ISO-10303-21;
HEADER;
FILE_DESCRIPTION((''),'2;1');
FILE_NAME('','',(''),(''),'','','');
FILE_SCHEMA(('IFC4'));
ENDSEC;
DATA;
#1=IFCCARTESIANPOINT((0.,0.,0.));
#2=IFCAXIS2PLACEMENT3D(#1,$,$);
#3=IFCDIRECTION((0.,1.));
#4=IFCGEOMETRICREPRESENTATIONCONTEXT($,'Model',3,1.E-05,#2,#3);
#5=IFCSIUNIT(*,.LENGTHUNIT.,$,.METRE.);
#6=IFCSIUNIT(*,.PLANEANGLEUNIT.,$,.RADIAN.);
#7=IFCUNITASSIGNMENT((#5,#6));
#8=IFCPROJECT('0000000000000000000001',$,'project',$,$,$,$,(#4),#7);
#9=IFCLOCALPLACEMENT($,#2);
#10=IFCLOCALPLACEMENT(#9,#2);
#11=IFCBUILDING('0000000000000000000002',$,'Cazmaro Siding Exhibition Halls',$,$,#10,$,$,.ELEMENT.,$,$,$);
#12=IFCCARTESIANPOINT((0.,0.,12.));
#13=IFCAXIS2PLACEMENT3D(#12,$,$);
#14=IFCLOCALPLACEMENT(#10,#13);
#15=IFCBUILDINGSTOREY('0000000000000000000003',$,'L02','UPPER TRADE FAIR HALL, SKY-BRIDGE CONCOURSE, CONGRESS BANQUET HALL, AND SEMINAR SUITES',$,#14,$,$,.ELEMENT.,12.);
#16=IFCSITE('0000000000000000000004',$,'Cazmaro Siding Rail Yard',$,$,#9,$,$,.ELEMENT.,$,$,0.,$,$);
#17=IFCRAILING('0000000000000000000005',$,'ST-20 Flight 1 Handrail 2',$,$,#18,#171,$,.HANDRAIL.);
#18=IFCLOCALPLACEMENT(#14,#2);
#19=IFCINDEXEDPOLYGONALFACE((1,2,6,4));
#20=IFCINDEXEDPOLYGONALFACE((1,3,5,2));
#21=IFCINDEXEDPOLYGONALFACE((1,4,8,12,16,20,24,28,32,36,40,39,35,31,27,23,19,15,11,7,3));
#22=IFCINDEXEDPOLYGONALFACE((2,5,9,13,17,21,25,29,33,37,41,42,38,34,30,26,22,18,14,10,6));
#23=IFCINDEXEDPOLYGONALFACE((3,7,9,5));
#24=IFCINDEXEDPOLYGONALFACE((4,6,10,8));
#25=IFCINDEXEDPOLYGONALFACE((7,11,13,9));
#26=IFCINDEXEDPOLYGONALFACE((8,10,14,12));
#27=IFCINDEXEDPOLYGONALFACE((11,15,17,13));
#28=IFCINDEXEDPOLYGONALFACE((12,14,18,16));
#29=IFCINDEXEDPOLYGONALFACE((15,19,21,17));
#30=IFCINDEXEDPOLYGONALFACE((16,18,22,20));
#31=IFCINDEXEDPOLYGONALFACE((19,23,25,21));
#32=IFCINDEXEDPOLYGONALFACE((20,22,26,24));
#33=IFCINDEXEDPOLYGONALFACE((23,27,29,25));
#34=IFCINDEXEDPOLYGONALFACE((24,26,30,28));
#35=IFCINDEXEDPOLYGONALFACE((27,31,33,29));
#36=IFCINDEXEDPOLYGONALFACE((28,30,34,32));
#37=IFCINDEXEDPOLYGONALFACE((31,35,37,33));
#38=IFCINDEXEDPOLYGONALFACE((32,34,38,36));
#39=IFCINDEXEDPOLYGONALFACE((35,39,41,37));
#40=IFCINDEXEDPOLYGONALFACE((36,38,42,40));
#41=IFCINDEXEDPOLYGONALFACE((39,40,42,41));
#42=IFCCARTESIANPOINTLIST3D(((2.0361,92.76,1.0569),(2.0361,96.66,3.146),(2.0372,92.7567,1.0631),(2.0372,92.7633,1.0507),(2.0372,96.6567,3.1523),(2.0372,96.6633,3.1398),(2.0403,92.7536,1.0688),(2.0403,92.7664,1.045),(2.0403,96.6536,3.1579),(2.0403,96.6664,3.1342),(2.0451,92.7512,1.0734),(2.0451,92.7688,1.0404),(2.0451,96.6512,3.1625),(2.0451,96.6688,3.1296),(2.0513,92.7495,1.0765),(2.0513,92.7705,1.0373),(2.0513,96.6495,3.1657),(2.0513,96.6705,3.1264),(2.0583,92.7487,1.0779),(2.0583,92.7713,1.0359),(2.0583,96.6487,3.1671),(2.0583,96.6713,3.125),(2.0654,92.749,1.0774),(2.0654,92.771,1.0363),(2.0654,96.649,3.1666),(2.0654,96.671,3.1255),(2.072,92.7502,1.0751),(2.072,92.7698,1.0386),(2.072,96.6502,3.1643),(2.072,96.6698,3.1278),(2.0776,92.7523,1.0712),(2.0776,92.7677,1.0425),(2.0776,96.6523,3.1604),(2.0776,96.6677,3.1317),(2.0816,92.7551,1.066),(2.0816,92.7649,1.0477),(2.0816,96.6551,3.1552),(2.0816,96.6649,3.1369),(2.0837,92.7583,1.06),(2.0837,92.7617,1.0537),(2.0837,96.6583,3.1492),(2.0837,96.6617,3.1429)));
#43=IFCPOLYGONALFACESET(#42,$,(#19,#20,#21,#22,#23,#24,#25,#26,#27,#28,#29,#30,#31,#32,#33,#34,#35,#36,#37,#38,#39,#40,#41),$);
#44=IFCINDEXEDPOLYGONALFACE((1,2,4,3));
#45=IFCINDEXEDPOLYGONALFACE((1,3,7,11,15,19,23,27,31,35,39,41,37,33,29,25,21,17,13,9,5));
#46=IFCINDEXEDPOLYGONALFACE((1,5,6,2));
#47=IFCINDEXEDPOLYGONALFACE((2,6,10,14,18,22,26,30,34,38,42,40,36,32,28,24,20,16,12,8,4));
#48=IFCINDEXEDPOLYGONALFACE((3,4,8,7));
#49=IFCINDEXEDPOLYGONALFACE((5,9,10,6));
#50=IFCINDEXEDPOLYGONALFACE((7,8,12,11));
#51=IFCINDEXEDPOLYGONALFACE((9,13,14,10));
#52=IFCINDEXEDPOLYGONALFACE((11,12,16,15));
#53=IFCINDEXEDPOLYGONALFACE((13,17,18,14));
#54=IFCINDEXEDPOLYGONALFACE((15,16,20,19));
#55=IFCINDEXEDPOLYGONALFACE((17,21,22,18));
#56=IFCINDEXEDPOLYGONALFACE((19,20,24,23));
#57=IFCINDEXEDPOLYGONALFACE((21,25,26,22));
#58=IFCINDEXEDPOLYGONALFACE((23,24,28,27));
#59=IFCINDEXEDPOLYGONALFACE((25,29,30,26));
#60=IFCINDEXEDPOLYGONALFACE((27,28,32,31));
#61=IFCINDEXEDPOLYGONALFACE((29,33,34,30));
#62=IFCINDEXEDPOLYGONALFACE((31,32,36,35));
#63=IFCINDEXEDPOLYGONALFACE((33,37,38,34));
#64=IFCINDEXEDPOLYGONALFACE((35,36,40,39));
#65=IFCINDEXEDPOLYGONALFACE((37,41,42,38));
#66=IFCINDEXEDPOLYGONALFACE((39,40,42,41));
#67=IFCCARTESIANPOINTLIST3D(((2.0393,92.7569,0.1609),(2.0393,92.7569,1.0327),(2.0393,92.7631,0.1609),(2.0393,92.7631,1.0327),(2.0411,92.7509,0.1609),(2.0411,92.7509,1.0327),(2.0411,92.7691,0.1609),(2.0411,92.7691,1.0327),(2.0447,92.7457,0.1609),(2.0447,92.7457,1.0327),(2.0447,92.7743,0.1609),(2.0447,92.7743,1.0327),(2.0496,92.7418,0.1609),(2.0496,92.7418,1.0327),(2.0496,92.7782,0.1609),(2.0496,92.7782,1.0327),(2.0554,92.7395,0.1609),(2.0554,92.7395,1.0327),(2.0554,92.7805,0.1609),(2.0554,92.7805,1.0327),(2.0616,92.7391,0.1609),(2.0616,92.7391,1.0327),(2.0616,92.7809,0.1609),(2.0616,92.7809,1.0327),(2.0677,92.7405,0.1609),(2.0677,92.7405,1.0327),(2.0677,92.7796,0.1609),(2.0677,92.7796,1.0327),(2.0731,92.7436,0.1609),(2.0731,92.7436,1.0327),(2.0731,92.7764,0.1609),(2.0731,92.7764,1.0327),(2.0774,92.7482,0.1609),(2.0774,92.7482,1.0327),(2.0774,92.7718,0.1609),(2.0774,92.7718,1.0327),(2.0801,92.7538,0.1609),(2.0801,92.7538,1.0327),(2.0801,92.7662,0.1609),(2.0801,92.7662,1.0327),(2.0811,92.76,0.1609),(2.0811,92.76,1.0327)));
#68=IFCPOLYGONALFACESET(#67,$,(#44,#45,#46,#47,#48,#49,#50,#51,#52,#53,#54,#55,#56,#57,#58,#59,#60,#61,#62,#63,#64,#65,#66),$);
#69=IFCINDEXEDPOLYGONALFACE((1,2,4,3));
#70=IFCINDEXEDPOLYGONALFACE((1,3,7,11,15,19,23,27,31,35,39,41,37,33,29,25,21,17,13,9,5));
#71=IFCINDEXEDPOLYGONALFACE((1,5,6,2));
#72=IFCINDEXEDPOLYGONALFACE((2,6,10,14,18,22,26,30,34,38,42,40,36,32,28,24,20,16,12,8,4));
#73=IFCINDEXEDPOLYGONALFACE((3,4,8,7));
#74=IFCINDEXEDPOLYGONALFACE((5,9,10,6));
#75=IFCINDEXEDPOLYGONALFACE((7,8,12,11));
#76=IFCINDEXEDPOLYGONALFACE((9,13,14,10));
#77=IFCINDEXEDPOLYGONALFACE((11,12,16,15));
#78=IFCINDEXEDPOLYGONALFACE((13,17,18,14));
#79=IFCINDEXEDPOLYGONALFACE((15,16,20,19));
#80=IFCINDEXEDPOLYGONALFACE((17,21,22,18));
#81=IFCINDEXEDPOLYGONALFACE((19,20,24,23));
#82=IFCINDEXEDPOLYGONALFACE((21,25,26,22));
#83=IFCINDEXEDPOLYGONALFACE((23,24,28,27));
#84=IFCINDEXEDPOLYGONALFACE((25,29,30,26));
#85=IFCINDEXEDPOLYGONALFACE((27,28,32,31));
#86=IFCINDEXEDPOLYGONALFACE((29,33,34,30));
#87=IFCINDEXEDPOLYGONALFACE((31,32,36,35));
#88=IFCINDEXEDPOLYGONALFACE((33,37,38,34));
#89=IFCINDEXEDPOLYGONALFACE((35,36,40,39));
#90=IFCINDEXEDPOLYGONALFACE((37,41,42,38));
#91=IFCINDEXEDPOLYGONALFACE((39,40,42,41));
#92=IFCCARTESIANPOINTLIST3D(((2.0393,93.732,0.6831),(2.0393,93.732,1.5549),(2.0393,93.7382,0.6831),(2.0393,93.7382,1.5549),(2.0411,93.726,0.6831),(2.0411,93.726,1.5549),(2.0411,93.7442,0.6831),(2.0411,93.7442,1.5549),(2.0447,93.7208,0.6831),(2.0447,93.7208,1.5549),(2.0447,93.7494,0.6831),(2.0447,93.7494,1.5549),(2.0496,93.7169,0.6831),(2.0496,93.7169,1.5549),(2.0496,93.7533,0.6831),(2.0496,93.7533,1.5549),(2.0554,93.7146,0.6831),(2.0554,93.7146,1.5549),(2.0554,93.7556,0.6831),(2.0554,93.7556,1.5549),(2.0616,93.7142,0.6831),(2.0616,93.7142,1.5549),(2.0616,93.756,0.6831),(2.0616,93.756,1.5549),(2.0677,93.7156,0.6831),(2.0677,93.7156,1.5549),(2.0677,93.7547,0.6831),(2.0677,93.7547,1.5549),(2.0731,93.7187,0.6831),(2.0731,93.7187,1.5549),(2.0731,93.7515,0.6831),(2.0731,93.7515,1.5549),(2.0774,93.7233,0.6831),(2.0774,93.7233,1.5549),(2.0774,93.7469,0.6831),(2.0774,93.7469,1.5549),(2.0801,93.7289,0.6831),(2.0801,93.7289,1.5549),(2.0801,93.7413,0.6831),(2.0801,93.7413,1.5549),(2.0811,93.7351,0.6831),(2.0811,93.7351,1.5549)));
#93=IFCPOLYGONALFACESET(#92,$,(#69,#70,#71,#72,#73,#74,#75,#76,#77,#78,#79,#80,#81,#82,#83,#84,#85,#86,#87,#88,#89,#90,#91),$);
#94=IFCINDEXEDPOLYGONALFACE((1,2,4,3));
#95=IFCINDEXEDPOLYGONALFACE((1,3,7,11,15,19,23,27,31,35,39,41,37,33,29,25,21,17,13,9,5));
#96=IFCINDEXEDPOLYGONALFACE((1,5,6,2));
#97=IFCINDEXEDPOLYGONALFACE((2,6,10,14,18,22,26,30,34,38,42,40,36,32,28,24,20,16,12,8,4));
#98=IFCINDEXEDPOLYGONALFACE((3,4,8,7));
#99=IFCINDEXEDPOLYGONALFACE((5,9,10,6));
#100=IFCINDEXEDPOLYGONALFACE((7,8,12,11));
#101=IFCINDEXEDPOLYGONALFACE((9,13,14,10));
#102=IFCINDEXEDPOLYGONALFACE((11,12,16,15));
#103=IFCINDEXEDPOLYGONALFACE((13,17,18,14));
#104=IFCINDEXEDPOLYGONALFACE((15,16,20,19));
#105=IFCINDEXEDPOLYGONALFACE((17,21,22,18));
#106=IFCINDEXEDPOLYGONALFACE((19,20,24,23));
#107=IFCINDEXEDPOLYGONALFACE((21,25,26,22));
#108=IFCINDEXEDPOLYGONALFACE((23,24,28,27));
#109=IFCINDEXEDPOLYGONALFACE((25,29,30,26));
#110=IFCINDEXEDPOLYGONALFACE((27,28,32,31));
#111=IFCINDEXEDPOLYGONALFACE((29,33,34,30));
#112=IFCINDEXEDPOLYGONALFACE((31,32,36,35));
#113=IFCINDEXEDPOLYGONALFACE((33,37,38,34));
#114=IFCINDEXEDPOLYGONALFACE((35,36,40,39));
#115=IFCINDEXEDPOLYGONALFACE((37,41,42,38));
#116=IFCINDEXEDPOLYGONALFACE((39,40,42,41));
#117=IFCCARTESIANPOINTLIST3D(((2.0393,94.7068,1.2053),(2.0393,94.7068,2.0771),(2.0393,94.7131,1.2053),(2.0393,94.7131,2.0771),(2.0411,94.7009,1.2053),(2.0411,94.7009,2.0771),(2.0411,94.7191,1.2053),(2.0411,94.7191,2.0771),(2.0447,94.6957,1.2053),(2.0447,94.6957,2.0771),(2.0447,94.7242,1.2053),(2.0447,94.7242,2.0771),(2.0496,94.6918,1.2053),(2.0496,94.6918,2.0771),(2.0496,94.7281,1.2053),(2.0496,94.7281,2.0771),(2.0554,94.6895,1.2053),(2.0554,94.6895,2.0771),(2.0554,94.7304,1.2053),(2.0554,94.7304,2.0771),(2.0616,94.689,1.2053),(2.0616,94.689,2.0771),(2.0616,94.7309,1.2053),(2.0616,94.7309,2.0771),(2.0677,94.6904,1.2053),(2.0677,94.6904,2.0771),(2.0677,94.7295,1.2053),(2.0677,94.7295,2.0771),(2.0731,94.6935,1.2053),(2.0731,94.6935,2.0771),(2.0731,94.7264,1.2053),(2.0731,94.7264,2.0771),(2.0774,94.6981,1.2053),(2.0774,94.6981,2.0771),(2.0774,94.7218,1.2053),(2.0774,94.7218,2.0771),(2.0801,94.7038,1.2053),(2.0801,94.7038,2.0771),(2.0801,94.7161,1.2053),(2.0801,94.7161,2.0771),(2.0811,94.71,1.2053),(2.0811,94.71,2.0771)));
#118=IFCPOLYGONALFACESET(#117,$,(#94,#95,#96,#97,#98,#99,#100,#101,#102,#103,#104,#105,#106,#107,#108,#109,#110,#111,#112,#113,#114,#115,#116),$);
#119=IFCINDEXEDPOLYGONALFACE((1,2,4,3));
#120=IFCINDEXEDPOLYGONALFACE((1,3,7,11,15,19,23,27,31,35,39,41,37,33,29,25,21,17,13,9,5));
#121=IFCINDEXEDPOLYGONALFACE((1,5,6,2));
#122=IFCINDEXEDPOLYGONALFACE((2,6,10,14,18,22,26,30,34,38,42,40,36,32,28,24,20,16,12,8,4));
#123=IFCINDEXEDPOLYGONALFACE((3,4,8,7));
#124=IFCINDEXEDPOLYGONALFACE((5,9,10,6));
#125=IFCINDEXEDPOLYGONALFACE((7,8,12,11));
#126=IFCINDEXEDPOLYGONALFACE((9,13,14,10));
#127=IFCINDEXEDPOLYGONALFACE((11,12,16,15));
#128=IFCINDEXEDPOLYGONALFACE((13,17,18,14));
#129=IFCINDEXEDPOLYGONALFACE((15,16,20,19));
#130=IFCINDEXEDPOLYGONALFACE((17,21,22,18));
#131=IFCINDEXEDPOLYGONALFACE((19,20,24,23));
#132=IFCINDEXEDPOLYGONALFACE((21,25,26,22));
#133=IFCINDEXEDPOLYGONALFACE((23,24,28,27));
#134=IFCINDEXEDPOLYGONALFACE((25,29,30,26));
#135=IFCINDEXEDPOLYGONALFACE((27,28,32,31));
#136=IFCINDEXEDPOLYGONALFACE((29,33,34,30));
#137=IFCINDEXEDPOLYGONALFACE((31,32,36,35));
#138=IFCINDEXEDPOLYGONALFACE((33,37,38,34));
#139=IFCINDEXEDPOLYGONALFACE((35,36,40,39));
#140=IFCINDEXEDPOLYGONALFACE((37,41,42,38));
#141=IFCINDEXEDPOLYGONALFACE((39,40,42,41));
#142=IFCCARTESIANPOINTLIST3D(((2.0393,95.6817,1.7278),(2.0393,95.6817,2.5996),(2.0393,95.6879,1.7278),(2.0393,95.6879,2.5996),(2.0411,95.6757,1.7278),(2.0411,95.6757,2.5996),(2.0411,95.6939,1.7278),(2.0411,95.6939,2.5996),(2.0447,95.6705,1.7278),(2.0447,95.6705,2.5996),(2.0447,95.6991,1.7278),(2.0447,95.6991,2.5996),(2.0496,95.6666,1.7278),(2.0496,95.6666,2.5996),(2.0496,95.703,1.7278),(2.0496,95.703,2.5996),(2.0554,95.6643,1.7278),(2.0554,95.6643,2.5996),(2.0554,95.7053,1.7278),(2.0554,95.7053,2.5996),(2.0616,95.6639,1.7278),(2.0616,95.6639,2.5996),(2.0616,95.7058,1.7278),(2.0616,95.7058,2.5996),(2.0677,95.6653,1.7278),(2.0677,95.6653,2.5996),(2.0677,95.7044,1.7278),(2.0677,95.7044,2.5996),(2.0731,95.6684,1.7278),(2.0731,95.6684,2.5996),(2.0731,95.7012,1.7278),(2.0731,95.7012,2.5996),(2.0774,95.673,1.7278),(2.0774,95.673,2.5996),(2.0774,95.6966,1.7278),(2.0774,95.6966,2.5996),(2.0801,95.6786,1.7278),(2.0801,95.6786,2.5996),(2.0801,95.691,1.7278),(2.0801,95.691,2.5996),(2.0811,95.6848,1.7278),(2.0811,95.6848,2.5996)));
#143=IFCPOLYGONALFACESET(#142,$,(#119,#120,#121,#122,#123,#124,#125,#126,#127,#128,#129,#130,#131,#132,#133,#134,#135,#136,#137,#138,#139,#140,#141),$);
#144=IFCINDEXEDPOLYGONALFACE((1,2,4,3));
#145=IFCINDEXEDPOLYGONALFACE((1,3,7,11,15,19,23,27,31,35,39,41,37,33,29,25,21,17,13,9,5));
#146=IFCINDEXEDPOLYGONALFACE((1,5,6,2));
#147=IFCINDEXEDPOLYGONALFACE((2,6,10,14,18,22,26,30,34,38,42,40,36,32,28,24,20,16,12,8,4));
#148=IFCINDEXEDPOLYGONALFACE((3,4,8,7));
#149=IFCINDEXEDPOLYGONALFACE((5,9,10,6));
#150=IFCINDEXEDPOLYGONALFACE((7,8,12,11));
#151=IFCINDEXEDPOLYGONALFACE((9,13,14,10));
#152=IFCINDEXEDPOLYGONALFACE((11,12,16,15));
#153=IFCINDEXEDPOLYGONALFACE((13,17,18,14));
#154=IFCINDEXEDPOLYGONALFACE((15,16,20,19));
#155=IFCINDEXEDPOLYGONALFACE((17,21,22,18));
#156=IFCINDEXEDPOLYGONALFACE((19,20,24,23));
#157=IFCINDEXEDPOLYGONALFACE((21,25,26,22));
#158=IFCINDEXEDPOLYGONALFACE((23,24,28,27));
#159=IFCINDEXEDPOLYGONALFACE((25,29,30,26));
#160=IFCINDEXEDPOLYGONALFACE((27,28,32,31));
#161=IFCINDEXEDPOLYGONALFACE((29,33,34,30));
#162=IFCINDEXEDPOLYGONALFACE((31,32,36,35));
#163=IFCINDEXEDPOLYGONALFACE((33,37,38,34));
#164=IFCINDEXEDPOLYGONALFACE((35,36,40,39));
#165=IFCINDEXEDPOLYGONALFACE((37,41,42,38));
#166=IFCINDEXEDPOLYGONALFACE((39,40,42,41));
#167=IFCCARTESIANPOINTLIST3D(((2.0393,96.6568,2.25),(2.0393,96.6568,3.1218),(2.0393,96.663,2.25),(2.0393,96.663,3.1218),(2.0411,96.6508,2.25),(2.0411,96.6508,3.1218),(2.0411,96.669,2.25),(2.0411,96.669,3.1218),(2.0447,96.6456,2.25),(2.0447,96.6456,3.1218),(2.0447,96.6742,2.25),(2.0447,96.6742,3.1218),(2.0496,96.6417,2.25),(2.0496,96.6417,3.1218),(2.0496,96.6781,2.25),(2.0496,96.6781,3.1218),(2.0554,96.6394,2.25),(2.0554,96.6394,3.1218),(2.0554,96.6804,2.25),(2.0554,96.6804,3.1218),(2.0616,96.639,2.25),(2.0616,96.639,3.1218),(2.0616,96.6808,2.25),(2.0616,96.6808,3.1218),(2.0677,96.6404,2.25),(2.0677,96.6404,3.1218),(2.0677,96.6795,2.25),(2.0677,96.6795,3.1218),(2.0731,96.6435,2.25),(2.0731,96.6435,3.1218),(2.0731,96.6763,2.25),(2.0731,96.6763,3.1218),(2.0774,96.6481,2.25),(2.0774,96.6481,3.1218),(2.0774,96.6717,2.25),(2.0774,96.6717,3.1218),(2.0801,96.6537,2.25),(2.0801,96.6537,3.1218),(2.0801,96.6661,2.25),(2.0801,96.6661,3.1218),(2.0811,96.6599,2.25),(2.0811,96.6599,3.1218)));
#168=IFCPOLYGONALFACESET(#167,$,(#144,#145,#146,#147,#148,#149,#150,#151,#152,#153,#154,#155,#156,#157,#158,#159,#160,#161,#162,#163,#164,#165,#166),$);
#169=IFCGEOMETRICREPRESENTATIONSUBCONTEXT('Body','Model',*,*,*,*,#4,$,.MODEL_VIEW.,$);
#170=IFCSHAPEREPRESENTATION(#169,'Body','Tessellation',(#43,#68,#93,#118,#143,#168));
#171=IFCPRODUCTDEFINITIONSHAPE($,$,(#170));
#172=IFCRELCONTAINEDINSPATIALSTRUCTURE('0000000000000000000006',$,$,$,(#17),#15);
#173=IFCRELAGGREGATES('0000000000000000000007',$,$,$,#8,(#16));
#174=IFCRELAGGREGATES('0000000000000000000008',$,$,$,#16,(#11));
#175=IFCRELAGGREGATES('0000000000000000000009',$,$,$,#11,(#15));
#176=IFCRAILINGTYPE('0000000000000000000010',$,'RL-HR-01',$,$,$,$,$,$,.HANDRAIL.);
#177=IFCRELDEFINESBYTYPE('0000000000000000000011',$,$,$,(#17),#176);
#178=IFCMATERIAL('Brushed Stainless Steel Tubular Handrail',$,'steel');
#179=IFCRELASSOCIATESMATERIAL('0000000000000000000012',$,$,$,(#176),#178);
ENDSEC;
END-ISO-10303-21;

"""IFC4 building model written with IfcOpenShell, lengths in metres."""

from ifc_helpers import new_model, si_unit, direction, frame, origin, origin_2d, place, context, subcontext, project, spatial, circle, extrude, material, type_object, element, save


model = new_model("IFC4")

# Units and contexts
model_context = context("Model", 3, precision=1e-05, world=origin(), true_north=direction((0.0, 1.0)))
body_context = subcontext(model_context, "Body", "Model", "MODEL_VIEW")
ifc_project = project(units=[si_unit("LENGTHUNIT", "METRE"), si_unit("PLANEANGLEUNIT", "RADIAN")], contexts=[model_context])

# Site, building, storey
site_placement = place(None, origin())
site = spatial("IfcSite", under=ifc_project, at=site_placement, Name="Cazmaro Siding Rail Yard", CompositionType="ELEMENT", RefElevation=0.0)
building_placement = place(site_placement, origin())
building = spatial("IfcBuilding", under=site, at=building_placement, Name="Cazmaro Siding Exhibition Halls", CompositionType="ELEMENT")
storey_placement = place(building_placement, frame((0.0, 0.0, 12.0)))
storey = spatial("IfcBuildingStorey", under=building, at=storey_placement, Name="L02", Description="UPPER TRADE FAIR HALL, SKY-BRIDGE CONCOURSE, CONGRESS BANQUET HALL, AND SEMINAR SUITES", CompositionType="ELEMENT", Elevation=12.0)

# Railing
ifc_material_1 = material(Name="Brushed Stainless Steel Tubular Handrail", Category="steel")
railing_type_1 = type_object("IfcRailingType", Name="RL-HR-01", PredefinedType="HANDRAIL", material=ifc_material_1)
for number, where, name in (
    (1, (2.0601, 92.76, 0.1609), "ST-20 Flight 1 Handrail 2"),
):
    element("IfcRailing", number, at=place(storey_placement, frame(where)), inside=storey, type_object=railing_type_1, Name=name, PredefinedType="HANDRAIL", context=body_context, shape_type="SweptSolid", body=[
        extrude(circle(Radius=0.0239, at=origin_2d()), frame((0.0, 0.0, 0.896), z_axis=(0.0, 0.881491, 0.4722), x_axis=(-1.0, 0.0, 0.0)), (0.0, 0.0, 1.0), 4.4243),
        extrude(circle(Radius=0.021, at=origin_2d()), origin(), (0.0, 0.0, 1.0), 0.8718),
        extrude(circle(Radius=0.021, at=origin_2d()), frame((0.0, 0.9751, 0.5222)), (0.0, 0.0, 1.0), 0.8718),
        extrude(circle(Radius=0.021, at=origin_2d()), frame((0.0, 1.95, 1.0444)), (0.0, 0.0, 1.0), 0.8718),
        extrude(circle(Radius=0.021, at=origin_2d()), frame((0.0, 2.9248, 1.5669)), (0.0, 0.0, 1.0), 0.8718),
        extrude(circle(Radius=0.021, at=origin_2d()), frame((0.0, 3.8999, 2.0891)), (0.0, 0.0, 1.0), 0.8718),
    ])

save(model, "model.ifc")
